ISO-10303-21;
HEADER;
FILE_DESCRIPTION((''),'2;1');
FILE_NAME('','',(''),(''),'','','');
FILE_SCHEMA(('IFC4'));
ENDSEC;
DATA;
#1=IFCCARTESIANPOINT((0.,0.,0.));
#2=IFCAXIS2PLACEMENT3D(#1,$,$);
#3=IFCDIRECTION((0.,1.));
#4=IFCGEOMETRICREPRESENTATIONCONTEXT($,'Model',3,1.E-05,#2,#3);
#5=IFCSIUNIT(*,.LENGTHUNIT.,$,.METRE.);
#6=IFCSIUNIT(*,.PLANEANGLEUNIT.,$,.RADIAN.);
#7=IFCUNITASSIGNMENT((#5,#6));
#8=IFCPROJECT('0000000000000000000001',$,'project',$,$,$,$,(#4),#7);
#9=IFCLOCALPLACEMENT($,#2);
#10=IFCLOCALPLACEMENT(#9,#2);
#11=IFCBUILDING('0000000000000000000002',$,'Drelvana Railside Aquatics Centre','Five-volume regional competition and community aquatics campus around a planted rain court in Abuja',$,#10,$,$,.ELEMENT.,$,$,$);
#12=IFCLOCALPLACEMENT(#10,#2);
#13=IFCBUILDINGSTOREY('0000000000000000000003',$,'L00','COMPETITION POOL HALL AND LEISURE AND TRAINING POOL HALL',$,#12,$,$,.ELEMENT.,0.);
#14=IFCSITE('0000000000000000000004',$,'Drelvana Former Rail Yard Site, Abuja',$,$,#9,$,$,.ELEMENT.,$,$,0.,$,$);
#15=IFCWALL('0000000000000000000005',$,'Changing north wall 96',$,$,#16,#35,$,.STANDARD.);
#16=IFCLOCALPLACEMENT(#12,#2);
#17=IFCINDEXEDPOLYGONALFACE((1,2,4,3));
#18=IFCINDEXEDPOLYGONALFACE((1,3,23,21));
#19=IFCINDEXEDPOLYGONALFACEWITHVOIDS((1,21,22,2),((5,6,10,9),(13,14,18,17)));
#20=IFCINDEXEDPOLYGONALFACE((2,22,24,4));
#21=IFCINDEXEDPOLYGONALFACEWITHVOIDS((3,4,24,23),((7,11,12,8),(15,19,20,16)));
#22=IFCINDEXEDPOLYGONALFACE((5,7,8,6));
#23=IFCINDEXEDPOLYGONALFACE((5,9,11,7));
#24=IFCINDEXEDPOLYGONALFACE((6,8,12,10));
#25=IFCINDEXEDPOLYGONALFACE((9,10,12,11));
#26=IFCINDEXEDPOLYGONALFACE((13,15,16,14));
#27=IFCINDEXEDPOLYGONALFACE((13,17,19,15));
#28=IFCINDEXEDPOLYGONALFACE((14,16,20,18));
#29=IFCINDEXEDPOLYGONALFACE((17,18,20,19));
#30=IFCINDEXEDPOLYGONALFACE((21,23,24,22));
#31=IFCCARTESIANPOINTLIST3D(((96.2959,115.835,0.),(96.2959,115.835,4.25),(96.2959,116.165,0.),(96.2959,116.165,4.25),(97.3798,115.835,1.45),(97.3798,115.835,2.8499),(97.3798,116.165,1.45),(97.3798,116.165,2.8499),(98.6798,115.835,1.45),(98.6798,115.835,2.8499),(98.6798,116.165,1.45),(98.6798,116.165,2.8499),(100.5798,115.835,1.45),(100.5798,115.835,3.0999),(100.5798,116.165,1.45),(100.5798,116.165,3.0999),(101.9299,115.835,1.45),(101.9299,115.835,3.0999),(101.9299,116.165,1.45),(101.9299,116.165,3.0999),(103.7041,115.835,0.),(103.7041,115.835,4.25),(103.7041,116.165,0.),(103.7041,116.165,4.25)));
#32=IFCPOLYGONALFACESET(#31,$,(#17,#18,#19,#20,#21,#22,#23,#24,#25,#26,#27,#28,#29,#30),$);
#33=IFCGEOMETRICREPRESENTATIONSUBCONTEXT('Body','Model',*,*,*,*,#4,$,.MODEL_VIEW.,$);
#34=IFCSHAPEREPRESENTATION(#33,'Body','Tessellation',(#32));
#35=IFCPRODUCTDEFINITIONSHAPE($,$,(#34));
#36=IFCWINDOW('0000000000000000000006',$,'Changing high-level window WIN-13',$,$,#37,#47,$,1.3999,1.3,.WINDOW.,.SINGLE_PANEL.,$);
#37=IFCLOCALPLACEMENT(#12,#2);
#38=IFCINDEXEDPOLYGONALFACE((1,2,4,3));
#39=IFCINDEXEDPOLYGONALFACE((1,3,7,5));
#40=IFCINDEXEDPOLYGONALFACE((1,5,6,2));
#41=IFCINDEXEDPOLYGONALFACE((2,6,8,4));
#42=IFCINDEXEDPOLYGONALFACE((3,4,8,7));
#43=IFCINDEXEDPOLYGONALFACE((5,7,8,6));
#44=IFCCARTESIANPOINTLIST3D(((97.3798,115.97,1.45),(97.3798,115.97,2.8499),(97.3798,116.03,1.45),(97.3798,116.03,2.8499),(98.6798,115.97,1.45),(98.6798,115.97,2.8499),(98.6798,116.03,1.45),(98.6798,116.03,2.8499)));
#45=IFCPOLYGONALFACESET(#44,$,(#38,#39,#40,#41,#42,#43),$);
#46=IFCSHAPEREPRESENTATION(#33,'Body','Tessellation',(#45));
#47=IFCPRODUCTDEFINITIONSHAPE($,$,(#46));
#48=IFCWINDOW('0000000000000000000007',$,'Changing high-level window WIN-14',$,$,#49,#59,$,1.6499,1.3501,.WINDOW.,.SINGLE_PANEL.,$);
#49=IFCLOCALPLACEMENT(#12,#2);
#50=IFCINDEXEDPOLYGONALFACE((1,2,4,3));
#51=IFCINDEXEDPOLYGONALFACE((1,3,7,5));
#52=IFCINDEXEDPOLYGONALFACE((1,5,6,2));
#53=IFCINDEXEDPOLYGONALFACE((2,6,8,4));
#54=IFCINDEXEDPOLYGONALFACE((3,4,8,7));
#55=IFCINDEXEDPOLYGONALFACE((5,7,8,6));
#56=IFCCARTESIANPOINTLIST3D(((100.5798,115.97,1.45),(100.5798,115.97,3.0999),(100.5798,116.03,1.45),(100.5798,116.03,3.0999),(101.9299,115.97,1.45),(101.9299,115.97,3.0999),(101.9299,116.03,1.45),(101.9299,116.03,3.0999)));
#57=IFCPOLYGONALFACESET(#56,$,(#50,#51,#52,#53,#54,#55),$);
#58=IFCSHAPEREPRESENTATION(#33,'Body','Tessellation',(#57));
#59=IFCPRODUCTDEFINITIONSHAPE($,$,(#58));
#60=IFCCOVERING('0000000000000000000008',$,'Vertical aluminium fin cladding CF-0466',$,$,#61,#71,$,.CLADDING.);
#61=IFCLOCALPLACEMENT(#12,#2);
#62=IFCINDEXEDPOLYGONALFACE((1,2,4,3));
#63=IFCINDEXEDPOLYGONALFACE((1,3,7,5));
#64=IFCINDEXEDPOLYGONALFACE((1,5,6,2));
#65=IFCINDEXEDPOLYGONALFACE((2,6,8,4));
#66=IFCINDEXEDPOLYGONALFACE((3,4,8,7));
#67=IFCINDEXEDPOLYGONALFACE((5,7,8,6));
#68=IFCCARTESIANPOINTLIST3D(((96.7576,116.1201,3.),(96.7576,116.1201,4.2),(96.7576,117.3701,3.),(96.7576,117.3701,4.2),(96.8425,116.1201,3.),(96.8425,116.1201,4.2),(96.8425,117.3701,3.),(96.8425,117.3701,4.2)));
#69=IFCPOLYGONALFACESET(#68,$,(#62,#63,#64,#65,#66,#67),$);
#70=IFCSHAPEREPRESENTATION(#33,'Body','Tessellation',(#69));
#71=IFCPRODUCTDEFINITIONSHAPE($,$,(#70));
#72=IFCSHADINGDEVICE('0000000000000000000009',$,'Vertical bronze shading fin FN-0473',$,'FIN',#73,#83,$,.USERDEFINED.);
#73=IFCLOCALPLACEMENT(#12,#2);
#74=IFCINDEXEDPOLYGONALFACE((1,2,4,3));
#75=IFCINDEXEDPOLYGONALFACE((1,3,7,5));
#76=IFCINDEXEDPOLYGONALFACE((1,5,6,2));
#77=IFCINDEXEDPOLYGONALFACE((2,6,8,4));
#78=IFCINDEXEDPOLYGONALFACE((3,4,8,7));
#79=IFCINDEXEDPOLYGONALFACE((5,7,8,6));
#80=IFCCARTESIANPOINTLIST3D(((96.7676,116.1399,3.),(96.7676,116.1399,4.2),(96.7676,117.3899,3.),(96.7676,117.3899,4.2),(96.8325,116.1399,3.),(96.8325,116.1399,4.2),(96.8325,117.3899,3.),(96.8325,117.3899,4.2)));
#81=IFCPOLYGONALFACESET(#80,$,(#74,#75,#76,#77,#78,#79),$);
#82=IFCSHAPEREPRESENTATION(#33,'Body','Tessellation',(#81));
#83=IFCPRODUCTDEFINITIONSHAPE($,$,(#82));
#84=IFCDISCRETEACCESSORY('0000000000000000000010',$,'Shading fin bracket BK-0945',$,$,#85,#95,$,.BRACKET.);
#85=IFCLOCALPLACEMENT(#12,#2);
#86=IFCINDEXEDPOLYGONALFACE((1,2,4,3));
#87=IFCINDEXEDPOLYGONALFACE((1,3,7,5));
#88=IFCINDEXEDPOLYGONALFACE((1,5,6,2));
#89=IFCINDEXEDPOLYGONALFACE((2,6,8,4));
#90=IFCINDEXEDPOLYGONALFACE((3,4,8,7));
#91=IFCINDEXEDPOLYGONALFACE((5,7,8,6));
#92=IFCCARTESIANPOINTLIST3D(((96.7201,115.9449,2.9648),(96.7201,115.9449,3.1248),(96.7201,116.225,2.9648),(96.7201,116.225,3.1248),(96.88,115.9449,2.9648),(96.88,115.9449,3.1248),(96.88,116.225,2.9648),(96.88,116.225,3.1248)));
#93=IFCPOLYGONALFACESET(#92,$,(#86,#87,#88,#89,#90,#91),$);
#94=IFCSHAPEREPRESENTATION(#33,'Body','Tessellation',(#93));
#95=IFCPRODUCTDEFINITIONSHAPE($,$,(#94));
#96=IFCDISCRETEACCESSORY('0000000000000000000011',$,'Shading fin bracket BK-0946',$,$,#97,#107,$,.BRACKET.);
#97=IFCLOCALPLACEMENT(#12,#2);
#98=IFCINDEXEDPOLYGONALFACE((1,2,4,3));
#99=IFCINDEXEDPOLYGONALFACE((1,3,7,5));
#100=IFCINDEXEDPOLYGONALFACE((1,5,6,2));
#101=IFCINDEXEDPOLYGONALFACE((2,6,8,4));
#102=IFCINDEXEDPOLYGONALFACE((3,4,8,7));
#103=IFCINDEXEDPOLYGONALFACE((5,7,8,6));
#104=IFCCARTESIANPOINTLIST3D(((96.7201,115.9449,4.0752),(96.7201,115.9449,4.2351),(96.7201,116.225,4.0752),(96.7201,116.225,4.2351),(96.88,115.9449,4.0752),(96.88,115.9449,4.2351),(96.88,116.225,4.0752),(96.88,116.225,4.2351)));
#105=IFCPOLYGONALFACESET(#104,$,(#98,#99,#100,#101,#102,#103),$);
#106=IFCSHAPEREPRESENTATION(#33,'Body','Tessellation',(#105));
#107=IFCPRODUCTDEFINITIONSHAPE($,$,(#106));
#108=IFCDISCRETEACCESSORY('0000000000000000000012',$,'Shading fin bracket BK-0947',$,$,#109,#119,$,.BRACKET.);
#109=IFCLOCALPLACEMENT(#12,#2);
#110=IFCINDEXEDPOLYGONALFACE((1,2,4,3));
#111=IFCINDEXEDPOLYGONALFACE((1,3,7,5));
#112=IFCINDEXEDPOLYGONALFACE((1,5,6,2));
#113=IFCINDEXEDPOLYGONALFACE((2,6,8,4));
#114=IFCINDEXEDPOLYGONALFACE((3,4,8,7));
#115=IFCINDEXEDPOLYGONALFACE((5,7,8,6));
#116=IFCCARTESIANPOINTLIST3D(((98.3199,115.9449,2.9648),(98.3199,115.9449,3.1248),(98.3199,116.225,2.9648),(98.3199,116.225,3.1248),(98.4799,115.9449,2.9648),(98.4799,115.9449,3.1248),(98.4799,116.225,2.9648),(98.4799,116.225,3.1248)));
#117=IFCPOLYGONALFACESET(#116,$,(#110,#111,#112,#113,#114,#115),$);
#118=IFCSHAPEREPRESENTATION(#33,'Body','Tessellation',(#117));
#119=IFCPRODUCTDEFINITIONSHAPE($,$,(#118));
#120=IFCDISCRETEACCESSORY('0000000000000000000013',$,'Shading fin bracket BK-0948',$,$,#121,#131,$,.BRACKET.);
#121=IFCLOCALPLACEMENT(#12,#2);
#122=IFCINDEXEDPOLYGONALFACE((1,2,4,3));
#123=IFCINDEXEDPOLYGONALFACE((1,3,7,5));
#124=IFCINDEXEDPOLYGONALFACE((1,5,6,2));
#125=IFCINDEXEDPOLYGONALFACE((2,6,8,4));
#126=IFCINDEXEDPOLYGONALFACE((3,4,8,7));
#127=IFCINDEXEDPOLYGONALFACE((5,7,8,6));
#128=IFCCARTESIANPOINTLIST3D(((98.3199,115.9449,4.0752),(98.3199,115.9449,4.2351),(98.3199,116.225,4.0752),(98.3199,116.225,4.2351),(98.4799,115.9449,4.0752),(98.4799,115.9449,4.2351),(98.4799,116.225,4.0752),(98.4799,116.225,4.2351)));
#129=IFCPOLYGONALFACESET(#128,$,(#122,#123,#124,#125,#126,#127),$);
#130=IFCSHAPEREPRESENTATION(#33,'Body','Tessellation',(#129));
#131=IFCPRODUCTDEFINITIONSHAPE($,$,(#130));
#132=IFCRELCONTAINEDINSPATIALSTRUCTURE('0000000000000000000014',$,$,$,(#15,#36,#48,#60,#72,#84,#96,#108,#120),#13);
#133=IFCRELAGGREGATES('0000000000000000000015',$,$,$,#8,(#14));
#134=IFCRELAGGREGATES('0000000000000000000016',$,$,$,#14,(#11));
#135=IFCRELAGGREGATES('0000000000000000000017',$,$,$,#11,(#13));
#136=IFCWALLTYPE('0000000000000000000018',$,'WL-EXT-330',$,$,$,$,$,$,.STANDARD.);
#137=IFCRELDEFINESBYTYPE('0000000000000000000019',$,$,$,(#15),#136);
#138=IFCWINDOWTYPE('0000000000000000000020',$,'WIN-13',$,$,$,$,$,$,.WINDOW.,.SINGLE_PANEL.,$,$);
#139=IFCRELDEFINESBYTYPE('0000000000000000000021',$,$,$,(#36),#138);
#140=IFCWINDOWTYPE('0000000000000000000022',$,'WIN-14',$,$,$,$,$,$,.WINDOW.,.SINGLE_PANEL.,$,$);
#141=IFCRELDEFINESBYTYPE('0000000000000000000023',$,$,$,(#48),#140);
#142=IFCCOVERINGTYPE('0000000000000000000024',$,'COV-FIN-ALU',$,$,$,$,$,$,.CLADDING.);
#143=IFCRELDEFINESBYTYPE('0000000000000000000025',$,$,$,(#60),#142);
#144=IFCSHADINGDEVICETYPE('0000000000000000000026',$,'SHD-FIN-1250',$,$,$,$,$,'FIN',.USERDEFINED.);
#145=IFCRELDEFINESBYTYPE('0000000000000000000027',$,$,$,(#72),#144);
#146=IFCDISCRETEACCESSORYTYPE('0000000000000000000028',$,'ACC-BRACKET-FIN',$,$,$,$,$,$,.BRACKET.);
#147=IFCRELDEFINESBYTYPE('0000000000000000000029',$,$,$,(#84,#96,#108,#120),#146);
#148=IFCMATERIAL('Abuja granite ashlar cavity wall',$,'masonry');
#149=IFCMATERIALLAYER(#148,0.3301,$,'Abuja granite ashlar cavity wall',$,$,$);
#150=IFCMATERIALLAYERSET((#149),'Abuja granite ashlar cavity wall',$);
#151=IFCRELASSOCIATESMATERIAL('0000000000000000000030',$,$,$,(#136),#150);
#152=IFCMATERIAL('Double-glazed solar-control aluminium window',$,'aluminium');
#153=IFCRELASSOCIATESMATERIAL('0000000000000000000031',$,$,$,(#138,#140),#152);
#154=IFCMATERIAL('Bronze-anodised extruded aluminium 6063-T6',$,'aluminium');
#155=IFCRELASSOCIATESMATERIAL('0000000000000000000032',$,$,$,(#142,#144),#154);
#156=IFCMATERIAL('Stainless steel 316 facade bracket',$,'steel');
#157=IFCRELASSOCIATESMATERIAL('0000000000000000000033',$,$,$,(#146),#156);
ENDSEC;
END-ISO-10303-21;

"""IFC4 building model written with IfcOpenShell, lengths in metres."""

from ifc_helpers import new_model, si_unit, direction, frame, frame_2d, origin, origin_2d, place, context, subcontext, project, spatial, rectangle, extrude, material, layer, layer_set, type_object, element, fill, save


model = new_model("IFC4")

# Units and contexts
model_context = context("Model", 3, precision=1e-05, world=origin(), true_north=direction((0.0, 1.0)))
body_context = subcontext(model_context, "Body", "Model", "MODEL_VIEW")
ifc_project = project(units=[si_unit("LENGTHUNIT", "METRE"), si_unit("PLANEANGLEUNIT", "RADIAN")], contexts=[model_context])

# Site, building, storey
site_placement = place(None, origin())
site = spatial("IfcSite", under=ifc_project, at=site_placement, Name="Drelvana Former Rail Yard Site, Abuja", CompositionType="ELEMENT", RefElevation=0.0)
building_placement = place(site_placement, origin())
building = spatial("IfcBuilding", under=site, at=building_placement, Name="Drelvana Railside Aquatics Centre", Description="Five-volume regional competition and community aquatics campus around a planted rain court in Abuja", CompositionType="ELEMENT")
storey_placement = place(building_placement, origin())
storey = spatial("IfcBuildingStorey", under=building, at=storey_placement, Name="L00", Description="COMPETITION POOL HALL AND LEISURE AND TRAINING POOL HALL", CompositionType="ELEMENT", Elevation=0.0)

# Wall, openings, windows
ifc_material_1 = material(Name="Abuja granite ashlar cavity wall", Category="masonry")
ifc_layer_1 = layer(ifc_material_1, 0.3301, Name="Abuja granite ashlar cavity wall")
ifc_layer_set_1 = layer_set([ifc_layer_1], Name="Abuja granite ashlar cavity wall")
wall_type = type_object("IfcWallType", Name="WL-EXT-330", PredefinedType="STANDARD", material=ifc_layer_set_1)
wall_placement = place(storey_placement, frame((96.2959, 116.0, 0.0), z_axis=(0.0, 0.0, 1.0), x_axis=(1.0, 0.0, 0.0)))
wall = element("IfcWall", 1, at=wall_placement, inside=storey, type_object=wall_type, Name="Changing north wall 96", PredefinedType="STANDARD", context=body_context, shape_type="SweptSolid", body=[
    extrude(rectangle(XDim=7.4082, YDim=0.3301, at=frame_2d((3.7041, 0.0))), origin(), (0.0, 0.0, 1.0), 4.25),
])
opening_1_placement = place(wall_placement, frame((1.084, 0.0, 1.45)))
opening_1 = element("IfcOpeningElement", 2, at=opening_1_placement, cuts=wall, PredefinedType="OPENING", context=body_context, shape_type="SweptSolid", body=[
    extrude(rectangle(XDim=1.3, YDim=1.3999, at=frame_2d((0.6499, 0.7))), frame((0.0, 0.175, 0.0), z_axis=(0.0, -1.0, 0.0), x_axis=(1.0, 0.0, 0.0)), (0.0, 0.0, 1.0), 0.3501),
])
opening_2_placement = place(wall_placement, frame((4.2839, 0.0, 1.45)))
opening_2 = element("IfcOpeningElement", 3, at=opening_2_placement, cuts=wall, PredefinedType="OPENING", context=body_context, shape_type="SweptSolid", body=[
    extrude(rectangle(XDim=1.3501, YDim=1.6499, at=frame_2d((0.675, 0.825))), frame((0.0, 0.175, 0.0), z_axis=(0.0, -1.0, 0.0), x_axis=(1.0, 0.0, 0.0)), (0.0, 0.0, 1.0), 0.3501),
])
ifc_material_2 = material(Name="Double-glazed solar-control aluminium window", Category="aluminium")
window_type_1 = type_object("IfcWindowType", Name="WIN-13", PartitioningType="SINGLE_PANEL", PredefinedType="WINDOW", material=ifc_material_2)
window_1_placement = place(opening_1_placement, origin())
window_1 = element("IfcWindow", 4, at=window_1_placement, inside=storey, type_object=window_type_1, Name="Changing high-level window WIN-13", OverallHeight=1.3999, OverallWidth=1.3, PartitioningType="SINGLE_PANEL", PredefinedType="WINDOW", context=body_context, shape_type="SweptSolid", body=[
    extrude(rectangle(XDim=1.3, YDim=1.3999, at=frame_2d((0.6499, 0.7))), frame((0.0, 0.03, 0.0), z_axis=(0.0, -1.0, 0.0), x_axis=(1.0, 0.0, 0.0)), (0.0, 0.0, 1.0), 0.0601),
])
fill(opening_1, window_1)
window_type_2 = type_object("IfcWindowType", Name="WIN-14", PartitioningType="SINGLE_PANEL", PredefinedType="WINDOW", material=ifc_material_2)
window_2_placement = place(opening_2_placement, origin())
window_2 = element("IfcWindow", 5, at=window_2_placement, inside=storey, type_object=window_type_2, Name="Changing high-level window WIN-14", OverallHeight=1.6499, OverallWidth=1.3501, PartitioningType="SINGLE_PANEL", PredefinedType="WINDOW", context=body_context, shape_type="SweptSolid", body=[
    extrude(rectangle(XDim=1.3501, YDim=1.6499, at=frame_2d((0.675, 0.825))), frame((0.0, 0.03, 0.0), z_axis=(0.0, -1.0, 0.0), x_axis=(1.0, 0.0, 0.0)), (0.0, 0.0, 1.0), 0.0601),
])
fill(opening_2, window_2)

# Covering
ifc_material_3 = material(Name="Bronze-anodised extruded aluminium 6063-T6", Category="aluminium")
covering_type = type_object("IfcCoveringType", Name="COV-FIN-ALU", PredefinedType="CLADDING", material=ifc_material_3)
covering_placement = place(storey_placement, frame((96.8, 116.7451, 3.0), z_axis=(0.0, 0.0, 1.0), x_axis=(1.0, 0.0, 0.0)))
element("IfcCovering", 6, at=covering_placement, inside=storey, type_object=covering_type, Name="Vertical aluminium fin cladding CF-0466", PredefinedType="CLADDING", context=body_context, shape_type="SweptSolid", body=[
    extrude(rectangle(XDim=0.085, YDim=1.25, at=origin_2d()), origin(), (0.0, 0.0, 1.0), 1.2),
])

# Shading device
shading_device_type = type_object("IfcShadingDeviceType", Name="SHD-FIN-1250", ElementType="FIN", PredefinedType="USERDEFINED", material=ifc_material_3)
shading_device_placement = place(storey_placement, frame((96.8, 116.7649, 3.0), z_axis=(0.0, 0.0, 1.0), x_axis=(0.0, 1.0, 0.0)))
element("IfcShadingDevice", 7, at=shading_device_placement, inside=storey, type_object=shading_device_type, Name="Vertical bronze shading fin FN-0473", ObjectType="FIN", PredefinedType="USERDEFINED", context=body_context, shape_type="SweptSolid", body=[
    extrude(rectangle(XDim=1.25, YDim=0.0649, at=origin_2d()), origin(), (0.0, 0.0, 1.0), 1.2),
])

# Discrete accessories
ifc_material_4 = material(Name="Stainless steel 316 facade bracket", Category="steel")
discrete_accessory_type = type_object("IfcDiscreteAccessoryType", Name="ACC-BRACKET-FIN", PredefinedType="BRACKET", material=ifc_material_4)
for number, where, z_axis, x_axis, name in (
    (8, (96.8, 116.085, 2.9648), (0.0, 0.0, 1.0), (0.0, 1.0, 0.0), "Shading fin bracket BK-0945"),
    (9, (96.8, 116.085, 4.0752), (0.0, 0.0, 1.0), (0.0, 1.0, 0.0), "Shading fin bracket BK-0946"),
    (10, (98.3999, 116.085, 2.9648), (0.0, 0.0, 1.0), (0.0, 1.0, 0.0), "Shading fin bracket BK-0947"),
    (11, (98.3999, 116.085, 4.0752), (0.0, 0.0, 1.0), (0.0, 1.0, 0.0), "Shading fin bracket BK-0948"),
):
    element("IfcDiscreteAccessory", number, at=place(storey_placement, frame(where, z_axis=z_axis, x_axis=x_axis)), inside=storey, type_object=discrete_accessory_type, Name=name, PredefinedType="BRACKET", context=body_context, shape_type="SweptSolid", body=[
        extrude(rectangle(XDim=0.28, YDim=0.1599, at=origin_2d()), origin(), (0.0, 0.0, 1.0), 0.1599),
    ])

save(model, "model.ifc")
